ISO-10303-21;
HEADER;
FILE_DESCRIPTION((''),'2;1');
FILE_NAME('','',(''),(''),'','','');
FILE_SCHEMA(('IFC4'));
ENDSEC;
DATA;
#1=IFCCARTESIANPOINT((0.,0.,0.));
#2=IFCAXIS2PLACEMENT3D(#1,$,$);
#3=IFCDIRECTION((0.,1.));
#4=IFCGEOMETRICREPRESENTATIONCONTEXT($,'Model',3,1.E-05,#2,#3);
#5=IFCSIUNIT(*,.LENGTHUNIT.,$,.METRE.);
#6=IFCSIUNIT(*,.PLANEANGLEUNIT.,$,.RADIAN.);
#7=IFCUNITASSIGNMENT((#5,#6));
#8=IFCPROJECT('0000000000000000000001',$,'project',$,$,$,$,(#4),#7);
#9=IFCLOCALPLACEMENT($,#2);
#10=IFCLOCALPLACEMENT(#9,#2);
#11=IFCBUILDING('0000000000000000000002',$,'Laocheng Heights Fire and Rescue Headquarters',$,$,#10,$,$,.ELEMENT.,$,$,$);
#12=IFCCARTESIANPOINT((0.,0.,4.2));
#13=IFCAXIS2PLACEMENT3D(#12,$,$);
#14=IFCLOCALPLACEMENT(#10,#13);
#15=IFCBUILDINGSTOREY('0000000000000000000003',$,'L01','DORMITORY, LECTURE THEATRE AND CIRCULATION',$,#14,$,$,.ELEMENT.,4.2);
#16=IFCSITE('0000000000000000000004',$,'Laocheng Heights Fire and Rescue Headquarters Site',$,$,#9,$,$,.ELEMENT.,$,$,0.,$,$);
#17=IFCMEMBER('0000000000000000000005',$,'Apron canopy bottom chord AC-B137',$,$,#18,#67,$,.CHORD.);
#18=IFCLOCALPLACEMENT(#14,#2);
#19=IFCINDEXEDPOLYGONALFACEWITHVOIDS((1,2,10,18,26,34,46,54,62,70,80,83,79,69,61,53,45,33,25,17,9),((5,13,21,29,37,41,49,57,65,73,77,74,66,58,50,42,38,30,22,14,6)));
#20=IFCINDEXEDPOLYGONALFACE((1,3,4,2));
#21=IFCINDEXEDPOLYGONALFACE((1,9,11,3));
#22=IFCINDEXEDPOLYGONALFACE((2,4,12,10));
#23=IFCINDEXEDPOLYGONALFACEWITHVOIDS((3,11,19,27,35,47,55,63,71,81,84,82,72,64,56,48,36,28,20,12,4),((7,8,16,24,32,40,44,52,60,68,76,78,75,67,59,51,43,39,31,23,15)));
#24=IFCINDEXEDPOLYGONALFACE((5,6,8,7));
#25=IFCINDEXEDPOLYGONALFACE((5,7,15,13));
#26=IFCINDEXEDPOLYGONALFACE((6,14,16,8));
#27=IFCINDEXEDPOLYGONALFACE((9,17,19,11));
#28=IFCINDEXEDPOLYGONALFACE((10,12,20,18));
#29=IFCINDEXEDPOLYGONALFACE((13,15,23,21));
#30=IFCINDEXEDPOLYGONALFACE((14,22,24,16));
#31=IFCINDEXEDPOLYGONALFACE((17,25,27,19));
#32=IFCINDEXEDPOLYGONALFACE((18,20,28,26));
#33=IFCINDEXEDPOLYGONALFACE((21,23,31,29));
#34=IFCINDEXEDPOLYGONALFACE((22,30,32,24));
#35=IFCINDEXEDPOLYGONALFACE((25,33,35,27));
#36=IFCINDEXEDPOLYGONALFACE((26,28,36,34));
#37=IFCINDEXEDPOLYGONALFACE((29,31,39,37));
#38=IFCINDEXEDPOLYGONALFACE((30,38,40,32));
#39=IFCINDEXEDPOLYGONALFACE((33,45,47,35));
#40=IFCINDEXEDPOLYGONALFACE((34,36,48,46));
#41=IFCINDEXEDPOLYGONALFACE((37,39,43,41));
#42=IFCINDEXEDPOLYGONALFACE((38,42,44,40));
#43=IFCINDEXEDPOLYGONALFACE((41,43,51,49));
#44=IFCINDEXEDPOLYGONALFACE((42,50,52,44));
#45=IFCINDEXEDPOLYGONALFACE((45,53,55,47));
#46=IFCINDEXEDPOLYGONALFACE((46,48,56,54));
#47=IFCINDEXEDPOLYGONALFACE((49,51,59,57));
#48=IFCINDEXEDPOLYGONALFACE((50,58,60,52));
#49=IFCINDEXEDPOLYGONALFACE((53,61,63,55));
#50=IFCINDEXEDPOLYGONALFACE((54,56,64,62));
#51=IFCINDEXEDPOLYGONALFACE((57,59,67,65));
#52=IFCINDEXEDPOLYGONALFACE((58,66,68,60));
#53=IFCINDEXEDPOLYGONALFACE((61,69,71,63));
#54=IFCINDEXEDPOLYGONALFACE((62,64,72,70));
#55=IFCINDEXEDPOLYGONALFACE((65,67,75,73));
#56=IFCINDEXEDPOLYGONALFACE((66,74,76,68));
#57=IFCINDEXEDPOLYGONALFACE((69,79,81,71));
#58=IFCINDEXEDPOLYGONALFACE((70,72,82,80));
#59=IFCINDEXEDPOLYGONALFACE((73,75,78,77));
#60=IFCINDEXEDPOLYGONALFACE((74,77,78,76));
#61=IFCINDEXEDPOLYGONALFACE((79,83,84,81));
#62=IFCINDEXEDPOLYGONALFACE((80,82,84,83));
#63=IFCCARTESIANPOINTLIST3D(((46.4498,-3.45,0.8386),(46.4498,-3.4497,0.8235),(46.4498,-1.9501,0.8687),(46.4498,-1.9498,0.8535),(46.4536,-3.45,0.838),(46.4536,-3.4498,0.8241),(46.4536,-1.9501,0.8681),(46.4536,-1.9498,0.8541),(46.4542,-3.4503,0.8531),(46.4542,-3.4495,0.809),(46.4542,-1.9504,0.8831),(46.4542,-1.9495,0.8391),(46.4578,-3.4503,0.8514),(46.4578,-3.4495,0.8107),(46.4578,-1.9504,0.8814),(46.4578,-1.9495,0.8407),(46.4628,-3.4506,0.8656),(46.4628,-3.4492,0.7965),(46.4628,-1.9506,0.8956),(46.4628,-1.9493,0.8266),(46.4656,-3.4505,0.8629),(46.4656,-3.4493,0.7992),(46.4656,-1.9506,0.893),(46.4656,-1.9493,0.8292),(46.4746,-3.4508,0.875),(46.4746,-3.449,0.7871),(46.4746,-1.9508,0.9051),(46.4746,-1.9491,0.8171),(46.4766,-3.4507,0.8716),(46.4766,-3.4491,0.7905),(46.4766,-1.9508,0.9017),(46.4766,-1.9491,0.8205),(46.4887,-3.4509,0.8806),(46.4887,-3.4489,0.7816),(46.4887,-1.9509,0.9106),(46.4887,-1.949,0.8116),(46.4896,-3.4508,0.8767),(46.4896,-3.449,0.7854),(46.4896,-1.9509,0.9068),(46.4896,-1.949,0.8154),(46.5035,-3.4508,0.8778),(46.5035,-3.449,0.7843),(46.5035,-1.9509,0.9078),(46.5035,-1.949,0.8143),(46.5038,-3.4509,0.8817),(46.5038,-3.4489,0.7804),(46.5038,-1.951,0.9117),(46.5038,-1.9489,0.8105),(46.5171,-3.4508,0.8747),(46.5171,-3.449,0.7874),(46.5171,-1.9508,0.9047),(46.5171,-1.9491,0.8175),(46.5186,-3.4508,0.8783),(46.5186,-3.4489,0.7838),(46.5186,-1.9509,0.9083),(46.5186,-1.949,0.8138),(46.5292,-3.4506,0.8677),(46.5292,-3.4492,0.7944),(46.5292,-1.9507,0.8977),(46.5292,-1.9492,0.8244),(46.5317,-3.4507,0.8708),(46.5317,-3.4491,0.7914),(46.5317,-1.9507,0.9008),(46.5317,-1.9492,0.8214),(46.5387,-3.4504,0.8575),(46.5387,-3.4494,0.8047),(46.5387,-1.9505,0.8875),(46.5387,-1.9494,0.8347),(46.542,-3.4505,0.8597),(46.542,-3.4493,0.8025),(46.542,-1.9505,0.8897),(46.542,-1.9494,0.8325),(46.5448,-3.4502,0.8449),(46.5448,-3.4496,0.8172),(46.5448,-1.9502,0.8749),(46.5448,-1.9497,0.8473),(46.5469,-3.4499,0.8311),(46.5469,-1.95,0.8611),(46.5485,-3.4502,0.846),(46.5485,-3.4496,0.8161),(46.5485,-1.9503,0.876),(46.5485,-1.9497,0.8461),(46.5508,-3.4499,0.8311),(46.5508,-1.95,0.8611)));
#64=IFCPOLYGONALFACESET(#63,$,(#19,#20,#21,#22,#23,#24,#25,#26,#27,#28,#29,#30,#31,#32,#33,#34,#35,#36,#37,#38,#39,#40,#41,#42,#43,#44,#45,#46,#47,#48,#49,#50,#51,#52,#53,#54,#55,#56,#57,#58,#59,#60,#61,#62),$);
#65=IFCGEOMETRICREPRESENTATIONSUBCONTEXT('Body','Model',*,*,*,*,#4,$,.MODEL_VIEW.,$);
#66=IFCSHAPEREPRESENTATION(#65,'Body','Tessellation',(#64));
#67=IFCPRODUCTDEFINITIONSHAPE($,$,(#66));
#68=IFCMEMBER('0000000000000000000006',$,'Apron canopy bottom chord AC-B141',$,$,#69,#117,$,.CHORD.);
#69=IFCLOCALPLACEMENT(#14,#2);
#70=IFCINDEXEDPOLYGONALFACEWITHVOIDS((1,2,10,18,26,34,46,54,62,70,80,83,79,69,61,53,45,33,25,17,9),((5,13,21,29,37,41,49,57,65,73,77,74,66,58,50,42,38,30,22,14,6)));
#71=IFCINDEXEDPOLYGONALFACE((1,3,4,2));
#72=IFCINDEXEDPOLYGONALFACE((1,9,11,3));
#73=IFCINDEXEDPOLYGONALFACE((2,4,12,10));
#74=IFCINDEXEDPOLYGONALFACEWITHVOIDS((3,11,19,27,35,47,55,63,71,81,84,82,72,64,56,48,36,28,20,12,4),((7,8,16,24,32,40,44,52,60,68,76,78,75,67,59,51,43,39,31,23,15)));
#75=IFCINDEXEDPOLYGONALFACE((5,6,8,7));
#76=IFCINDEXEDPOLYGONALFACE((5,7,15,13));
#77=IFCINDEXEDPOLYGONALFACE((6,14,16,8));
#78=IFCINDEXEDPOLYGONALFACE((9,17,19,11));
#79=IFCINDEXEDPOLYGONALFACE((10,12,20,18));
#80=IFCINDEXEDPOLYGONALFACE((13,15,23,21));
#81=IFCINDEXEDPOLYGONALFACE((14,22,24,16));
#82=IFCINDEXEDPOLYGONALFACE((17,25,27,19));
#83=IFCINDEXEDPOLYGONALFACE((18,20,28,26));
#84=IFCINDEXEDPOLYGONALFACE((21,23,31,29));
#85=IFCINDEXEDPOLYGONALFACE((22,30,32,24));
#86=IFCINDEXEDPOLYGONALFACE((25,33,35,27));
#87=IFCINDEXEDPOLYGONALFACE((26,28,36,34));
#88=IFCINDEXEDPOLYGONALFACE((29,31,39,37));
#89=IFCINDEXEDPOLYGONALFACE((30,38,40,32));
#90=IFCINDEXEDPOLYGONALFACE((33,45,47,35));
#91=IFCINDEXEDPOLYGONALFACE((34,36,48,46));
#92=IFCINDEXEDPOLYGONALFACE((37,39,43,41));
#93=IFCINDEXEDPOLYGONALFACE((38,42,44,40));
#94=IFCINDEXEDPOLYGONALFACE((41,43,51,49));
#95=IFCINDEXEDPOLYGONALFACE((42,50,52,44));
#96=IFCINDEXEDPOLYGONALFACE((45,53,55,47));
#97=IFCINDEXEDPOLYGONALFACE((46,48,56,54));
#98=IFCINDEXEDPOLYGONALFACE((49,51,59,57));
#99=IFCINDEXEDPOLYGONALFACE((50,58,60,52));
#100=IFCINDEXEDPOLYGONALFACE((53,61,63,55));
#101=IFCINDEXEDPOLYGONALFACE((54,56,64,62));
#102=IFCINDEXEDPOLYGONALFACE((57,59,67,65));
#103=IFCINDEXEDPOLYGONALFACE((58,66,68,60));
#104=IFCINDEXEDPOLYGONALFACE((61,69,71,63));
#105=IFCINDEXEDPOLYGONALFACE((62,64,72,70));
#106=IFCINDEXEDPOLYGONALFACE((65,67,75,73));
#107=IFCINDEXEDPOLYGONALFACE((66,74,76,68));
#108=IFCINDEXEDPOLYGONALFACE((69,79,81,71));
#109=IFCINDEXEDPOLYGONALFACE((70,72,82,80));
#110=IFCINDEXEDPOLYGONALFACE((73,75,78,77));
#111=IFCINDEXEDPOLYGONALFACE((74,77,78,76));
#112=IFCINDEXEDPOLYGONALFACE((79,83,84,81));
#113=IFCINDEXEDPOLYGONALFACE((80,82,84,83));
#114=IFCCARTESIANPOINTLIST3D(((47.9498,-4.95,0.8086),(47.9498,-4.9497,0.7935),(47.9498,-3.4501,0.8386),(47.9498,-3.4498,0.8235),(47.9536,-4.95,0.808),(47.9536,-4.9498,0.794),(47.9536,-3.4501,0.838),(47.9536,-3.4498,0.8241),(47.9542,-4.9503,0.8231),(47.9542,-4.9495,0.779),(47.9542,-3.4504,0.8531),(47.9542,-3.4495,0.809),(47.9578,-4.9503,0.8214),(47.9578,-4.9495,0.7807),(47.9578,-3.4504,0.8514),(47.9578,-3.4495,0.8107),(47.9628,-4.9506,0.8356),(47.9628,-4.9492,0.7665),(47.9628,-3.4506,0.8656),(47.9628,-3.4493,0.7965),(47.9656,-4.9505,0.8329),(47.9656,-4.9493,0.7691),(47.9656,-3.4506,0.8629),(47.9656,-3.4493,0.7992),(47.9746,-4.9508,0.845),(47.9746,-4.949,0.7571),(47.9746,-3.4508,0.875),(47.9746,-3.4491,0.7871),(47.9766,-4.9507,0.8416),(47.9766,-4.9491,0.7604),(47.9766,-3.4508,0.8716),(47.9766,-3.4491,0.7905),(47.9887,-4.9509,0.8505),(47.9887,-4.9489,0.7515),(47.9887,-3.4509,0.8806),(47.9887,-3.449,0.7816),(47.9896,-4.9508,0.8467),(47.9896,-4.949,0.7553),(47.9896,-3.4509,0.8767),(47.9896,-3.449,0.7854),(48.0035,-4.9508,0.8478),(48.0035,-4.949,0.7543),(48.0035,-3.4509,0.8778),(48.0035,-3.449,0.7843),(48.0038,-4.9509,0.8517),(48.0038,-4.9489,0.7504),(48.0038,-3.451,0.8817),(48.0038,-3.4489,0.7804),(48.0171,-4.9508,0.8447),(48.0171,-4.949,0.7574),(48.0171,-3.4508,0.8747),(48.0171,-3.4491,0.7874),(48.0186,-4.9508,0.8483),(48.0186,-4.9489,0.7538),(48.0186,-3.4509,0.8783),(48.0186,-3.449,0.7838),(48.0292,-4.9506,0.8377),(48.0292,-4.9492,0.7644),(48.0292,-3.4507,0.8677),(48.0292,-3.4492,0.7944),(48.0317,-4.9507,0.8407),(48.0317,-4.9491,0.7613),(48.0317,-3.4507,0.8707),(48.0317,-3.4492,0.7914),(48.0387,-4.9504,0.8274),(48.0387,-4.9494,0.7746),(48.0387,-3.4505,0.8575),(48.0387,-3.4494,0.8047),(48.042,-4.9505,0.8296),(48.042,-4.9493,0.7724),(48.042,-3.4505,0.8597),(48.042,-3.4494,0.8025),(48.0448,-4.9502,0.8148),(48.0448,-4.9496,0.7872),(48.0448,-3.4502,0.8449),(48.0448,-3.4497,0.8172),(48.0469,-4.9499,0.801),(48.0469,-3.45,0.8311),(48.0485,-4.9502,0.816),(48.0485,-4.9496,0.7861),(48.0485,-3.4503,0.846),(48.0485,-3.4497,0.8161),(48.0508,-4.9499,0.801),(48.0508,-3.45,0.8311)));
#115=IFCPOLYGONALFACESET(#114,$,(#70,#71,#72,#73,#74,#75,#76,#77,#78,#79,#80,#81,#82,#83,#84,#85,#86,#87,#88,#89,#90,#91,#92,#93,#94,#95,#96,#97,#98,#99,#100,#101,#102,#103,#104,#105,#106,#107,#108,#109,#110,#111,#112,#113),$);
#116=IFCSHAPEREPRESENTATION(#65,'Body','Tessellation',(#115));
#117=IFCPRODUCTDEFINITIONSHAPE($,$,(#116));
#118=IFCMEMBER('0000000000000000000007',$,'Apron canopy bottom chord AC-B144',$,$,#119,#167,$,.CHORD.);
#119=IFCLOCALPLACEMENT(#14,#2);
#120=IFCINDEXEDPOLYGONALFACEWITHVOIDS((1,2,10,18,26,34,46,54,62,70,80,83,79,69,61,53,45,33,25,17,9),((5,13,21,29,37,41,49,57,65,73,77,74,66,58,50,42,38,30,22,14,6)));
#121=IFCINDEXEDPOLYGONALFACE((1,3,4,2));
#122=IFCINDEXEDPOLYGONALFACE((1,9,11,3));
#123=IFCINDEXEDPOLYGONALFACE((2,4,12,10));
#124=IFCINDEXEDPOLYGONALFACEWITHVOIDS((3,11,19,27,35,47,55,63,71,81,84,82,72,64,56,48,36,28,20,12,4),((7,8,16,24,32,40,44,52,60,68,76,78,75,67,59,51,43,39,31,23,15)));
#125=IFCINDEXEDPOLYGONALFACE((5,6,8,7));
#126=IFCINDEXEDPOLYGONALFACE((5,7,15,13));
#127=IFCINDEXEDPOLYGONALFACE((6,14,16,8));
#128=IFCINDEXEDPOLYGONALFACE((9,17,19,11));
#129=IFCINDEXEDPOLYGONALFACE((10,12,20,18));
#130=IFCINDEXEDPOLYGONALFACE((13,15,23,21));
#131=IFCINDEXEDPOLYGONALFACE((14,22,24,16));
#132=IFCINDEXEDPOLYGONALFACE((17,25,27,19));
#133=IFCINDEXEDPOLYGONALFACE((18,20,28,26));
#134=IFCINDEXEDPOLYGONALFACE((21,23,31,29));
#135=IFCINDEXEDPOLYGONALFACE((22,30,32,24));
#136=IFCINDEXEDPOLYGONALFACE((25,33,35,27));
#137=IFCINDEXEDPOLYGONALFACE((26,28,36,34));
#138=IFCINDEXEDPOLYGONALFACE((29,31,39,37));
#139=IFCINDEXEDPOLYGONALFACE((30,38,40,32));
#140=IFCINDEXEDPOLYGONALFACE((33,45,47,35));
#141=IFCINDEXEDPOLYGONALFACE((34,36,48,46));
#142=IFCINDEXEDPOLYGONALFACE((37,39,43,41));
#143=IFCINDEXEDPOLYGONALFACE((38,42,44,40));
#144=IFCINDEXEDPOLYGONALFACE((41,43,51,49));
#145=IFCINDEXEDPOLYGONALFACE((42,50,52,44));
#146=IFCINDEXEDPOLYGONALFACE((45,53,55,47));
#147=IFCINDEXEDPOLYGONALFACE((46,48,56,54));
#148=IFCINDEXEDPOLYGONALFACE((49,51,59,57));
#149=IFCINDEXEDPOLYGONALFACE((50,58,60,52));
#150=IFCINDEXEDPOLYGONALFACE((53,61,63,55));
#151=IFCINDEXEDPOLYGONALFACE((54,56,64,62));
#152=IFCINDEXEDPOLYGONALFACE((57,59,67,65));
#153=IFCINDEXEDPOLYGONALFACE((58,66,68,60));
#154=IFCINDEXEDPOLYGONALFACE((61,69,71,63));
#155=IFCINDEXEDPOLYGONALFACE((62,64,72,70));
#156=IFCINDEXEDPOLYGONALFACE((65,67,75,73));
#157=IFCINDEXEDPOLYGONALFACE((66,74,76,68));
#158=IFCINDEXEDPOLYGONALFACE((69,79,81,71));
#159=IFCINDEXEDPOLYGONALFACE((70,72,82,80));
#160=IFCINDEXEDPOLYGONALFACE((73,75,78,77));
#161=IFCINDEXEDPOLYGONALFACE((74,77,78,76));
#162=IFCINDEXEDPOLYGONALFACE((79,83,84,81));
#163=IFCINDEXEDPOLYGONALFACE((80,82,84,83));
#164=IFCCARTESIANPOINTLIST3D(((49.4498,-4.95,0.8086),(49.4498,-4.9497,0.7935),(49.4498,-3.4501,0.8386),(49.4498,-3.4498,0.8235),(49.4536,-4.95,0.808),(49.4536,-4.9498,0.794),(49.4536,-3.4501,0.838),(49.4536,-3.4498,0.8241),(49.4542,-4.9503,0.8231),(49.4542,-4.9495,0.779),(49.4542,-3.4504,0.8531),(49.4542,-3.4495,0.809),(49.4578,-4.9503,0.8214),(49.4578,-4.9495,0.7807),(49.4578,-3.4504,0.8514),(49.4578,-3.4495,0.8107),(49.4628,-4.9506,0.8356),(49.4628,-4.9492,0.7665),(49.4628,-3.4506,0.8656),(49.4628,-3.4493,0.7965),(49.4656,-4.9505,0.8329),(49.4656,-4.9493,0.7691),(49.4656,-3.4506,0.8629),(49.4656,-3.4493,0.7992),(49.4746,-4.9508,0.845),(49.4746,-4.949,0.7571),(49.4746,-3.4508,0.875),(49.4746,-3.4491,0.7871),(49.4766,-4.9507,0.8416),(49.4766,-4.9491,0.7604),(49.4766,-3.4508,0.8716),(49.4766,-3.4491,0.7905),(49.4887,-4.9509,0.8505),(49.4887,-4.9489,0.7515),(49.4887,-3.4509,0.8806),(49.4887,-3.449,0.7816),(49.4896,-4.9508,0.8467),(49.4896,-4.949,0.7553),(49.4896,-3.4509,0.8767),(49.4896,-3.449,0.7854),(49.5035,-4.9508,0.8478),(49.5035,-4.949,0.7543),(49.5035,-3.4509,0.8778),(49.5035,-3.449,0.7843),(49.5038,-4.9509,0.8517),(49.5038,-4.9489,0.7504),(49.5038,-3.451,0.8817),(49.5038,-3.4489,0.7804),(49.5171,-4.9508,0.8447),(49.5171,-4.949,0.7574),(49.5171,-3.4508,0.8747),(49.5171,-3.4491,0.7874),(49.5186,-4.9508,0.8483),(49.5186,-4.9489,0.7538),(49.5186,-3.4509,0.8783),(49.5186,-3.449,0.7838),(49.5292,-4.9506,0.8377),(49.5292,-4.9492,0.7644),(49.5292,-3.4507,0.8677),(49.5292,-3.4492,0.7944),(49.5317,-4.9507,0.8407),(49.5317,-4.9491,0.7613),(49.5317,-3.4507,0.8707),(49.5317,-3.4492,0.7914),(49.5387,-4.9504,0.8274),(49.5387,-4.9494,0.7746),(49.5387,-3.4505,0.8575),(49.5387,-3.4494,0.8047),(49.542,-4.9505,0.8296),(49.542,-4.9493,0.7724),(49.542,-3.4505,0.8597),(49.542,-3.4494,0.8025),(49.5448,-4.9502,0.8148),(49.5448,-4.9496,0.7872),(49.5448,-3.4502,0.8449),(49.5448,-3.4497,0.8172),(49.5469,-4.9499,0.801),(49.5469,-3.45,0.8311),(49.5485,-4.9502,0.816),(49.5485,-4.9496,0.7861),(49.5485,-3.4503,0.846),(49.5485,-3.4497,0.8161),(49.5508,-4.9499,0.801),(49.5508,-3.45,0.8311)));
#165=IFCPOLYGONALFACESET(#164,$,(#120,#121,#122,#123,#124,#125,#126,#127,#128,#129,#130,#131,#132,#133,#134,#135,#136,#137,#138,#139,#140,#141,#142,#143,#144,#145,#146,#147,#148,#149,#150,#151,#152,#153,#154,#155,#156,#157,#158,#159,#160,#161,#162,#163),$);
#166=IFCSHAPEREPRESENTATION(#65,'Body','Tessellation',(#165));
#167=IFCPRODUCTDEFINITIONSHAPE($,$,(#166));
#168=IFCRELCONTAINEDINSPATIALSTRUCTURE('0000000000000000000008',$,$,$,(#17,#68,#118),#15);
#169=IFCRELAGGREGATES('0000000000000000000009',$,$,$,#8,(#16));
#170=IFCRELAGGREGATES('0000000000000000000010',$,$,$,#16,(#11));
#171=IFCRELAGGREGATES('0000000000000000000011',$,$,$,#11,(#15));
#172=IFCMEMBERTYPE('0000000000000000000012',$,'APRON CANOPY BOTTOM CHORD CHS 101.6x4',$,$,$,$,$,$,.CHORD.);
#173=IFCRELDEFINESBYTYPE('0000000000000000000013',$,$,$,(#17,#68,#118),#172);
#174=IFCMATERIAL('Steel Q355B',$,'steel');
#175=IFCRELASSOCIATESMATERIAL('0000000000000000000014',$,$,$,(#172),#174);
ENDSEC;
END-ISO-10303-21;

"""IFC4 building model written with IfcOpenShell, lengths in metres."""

from ifc_helpers import new_model, si_unit, direction, frame, origin, origin_2d, place, context, subcontext, project, spatial, hollow_circle, extrude, material, material_profile, profile_set, type_object, element, save


model = new_model("IFC4")

# Units and contexts
model_context = context("Model", 3, precision=1e-05, world=origin(), true_north=direction((0.0, 1.0)))
body_context = subcontext(model_context, "Body", "Model", "MODEL_VIEW")
ifc_project = project(units=[si_unit("LENGTHUNIT", "METRE"), si_unit("PLANEANGLEUNIT", "RADIAN")], contexts=[model_context])

# Site, building, storey
site_placement = place(None, origin())
site = spatial("IfcSite", under=ifc_project, at=site_placement, Name="Laocheng Heights Fire and Rescue Headquarters Site", CompositionType="ELEMENT", RefElevation=0.0)
building_placement = place(site_placement, origin())
building = spatial("IfcBuilding", under=site, at=building_placement, Name="Laocheng Heights Fire and Rescue Headquarters", CompositionType="ELEMENT")
storey_placement = place(building_placement, frame((0.0, 0.0, 4.2)))
storey = spatial("IfcBuildingStorey", under=building, at=storey_placement, Name="L01", Description="DORMITORY, LECTURE THEATRE AND CIRCULATION", CompositionType="ELEMENT", Elevation=4.2)

# Members
ifc_material_1 = material(Name="Steel Q355B", Category="steel")
ifc_material_profile_1 = material_profile(ifc_material_1, hollow_circle(Radius=0.0508, WallThickness=0.0039, at=origin_2d()), Name="CHS 101.6x4")
ifc_profile_set_1 = profile_set([ifc_material_profile_1], Name="Steel Q355B")
member_type_1 = type_object("IfcMemberType", Name="APRON CANOPY BOTTOM CHORD CHS 101.6x4", PredefinedType="CHORD", material=ifc_profile_set_1)
for number, where, z_axis, x_axis, name in (
    (1, (46.5, -1.95, 0.8611), (0.0, -0.9998, -0.020016), (1.0, 0.0, 0.0), "Apron canopy bottom chord AC-B137"),
    (2, (48.0, -3.45, 0.8311), (0.0, -0.9998, -0.020016), (1.0, 0.0, 0.0), "Apron canopy bottom chord AC-B141"),
    (3, (49.5, -3.45, 0.8311), (0.0, -0.9998, -0.020016), (1.0, 0.0, 0.0), "Apron canopy bottom chord AC-B144"),
):
    element("IfcMember", number, at=place(storey_placement, frame(where, z_axis=z_axis, x_axis=x_axis)), inside=storey, type_object=member_type_1, Name=name, PredefinedType="CHORD", context=body_context, shape_type="SweptSolid", body=[
        extrude(hollow_circle(Radius=0.0508, WallThickness=0.0039, at=origin_2d()), origin(), (0.0, 0.0, 1.0), 1.5002),
    ])

save(model, "model.ifc")
